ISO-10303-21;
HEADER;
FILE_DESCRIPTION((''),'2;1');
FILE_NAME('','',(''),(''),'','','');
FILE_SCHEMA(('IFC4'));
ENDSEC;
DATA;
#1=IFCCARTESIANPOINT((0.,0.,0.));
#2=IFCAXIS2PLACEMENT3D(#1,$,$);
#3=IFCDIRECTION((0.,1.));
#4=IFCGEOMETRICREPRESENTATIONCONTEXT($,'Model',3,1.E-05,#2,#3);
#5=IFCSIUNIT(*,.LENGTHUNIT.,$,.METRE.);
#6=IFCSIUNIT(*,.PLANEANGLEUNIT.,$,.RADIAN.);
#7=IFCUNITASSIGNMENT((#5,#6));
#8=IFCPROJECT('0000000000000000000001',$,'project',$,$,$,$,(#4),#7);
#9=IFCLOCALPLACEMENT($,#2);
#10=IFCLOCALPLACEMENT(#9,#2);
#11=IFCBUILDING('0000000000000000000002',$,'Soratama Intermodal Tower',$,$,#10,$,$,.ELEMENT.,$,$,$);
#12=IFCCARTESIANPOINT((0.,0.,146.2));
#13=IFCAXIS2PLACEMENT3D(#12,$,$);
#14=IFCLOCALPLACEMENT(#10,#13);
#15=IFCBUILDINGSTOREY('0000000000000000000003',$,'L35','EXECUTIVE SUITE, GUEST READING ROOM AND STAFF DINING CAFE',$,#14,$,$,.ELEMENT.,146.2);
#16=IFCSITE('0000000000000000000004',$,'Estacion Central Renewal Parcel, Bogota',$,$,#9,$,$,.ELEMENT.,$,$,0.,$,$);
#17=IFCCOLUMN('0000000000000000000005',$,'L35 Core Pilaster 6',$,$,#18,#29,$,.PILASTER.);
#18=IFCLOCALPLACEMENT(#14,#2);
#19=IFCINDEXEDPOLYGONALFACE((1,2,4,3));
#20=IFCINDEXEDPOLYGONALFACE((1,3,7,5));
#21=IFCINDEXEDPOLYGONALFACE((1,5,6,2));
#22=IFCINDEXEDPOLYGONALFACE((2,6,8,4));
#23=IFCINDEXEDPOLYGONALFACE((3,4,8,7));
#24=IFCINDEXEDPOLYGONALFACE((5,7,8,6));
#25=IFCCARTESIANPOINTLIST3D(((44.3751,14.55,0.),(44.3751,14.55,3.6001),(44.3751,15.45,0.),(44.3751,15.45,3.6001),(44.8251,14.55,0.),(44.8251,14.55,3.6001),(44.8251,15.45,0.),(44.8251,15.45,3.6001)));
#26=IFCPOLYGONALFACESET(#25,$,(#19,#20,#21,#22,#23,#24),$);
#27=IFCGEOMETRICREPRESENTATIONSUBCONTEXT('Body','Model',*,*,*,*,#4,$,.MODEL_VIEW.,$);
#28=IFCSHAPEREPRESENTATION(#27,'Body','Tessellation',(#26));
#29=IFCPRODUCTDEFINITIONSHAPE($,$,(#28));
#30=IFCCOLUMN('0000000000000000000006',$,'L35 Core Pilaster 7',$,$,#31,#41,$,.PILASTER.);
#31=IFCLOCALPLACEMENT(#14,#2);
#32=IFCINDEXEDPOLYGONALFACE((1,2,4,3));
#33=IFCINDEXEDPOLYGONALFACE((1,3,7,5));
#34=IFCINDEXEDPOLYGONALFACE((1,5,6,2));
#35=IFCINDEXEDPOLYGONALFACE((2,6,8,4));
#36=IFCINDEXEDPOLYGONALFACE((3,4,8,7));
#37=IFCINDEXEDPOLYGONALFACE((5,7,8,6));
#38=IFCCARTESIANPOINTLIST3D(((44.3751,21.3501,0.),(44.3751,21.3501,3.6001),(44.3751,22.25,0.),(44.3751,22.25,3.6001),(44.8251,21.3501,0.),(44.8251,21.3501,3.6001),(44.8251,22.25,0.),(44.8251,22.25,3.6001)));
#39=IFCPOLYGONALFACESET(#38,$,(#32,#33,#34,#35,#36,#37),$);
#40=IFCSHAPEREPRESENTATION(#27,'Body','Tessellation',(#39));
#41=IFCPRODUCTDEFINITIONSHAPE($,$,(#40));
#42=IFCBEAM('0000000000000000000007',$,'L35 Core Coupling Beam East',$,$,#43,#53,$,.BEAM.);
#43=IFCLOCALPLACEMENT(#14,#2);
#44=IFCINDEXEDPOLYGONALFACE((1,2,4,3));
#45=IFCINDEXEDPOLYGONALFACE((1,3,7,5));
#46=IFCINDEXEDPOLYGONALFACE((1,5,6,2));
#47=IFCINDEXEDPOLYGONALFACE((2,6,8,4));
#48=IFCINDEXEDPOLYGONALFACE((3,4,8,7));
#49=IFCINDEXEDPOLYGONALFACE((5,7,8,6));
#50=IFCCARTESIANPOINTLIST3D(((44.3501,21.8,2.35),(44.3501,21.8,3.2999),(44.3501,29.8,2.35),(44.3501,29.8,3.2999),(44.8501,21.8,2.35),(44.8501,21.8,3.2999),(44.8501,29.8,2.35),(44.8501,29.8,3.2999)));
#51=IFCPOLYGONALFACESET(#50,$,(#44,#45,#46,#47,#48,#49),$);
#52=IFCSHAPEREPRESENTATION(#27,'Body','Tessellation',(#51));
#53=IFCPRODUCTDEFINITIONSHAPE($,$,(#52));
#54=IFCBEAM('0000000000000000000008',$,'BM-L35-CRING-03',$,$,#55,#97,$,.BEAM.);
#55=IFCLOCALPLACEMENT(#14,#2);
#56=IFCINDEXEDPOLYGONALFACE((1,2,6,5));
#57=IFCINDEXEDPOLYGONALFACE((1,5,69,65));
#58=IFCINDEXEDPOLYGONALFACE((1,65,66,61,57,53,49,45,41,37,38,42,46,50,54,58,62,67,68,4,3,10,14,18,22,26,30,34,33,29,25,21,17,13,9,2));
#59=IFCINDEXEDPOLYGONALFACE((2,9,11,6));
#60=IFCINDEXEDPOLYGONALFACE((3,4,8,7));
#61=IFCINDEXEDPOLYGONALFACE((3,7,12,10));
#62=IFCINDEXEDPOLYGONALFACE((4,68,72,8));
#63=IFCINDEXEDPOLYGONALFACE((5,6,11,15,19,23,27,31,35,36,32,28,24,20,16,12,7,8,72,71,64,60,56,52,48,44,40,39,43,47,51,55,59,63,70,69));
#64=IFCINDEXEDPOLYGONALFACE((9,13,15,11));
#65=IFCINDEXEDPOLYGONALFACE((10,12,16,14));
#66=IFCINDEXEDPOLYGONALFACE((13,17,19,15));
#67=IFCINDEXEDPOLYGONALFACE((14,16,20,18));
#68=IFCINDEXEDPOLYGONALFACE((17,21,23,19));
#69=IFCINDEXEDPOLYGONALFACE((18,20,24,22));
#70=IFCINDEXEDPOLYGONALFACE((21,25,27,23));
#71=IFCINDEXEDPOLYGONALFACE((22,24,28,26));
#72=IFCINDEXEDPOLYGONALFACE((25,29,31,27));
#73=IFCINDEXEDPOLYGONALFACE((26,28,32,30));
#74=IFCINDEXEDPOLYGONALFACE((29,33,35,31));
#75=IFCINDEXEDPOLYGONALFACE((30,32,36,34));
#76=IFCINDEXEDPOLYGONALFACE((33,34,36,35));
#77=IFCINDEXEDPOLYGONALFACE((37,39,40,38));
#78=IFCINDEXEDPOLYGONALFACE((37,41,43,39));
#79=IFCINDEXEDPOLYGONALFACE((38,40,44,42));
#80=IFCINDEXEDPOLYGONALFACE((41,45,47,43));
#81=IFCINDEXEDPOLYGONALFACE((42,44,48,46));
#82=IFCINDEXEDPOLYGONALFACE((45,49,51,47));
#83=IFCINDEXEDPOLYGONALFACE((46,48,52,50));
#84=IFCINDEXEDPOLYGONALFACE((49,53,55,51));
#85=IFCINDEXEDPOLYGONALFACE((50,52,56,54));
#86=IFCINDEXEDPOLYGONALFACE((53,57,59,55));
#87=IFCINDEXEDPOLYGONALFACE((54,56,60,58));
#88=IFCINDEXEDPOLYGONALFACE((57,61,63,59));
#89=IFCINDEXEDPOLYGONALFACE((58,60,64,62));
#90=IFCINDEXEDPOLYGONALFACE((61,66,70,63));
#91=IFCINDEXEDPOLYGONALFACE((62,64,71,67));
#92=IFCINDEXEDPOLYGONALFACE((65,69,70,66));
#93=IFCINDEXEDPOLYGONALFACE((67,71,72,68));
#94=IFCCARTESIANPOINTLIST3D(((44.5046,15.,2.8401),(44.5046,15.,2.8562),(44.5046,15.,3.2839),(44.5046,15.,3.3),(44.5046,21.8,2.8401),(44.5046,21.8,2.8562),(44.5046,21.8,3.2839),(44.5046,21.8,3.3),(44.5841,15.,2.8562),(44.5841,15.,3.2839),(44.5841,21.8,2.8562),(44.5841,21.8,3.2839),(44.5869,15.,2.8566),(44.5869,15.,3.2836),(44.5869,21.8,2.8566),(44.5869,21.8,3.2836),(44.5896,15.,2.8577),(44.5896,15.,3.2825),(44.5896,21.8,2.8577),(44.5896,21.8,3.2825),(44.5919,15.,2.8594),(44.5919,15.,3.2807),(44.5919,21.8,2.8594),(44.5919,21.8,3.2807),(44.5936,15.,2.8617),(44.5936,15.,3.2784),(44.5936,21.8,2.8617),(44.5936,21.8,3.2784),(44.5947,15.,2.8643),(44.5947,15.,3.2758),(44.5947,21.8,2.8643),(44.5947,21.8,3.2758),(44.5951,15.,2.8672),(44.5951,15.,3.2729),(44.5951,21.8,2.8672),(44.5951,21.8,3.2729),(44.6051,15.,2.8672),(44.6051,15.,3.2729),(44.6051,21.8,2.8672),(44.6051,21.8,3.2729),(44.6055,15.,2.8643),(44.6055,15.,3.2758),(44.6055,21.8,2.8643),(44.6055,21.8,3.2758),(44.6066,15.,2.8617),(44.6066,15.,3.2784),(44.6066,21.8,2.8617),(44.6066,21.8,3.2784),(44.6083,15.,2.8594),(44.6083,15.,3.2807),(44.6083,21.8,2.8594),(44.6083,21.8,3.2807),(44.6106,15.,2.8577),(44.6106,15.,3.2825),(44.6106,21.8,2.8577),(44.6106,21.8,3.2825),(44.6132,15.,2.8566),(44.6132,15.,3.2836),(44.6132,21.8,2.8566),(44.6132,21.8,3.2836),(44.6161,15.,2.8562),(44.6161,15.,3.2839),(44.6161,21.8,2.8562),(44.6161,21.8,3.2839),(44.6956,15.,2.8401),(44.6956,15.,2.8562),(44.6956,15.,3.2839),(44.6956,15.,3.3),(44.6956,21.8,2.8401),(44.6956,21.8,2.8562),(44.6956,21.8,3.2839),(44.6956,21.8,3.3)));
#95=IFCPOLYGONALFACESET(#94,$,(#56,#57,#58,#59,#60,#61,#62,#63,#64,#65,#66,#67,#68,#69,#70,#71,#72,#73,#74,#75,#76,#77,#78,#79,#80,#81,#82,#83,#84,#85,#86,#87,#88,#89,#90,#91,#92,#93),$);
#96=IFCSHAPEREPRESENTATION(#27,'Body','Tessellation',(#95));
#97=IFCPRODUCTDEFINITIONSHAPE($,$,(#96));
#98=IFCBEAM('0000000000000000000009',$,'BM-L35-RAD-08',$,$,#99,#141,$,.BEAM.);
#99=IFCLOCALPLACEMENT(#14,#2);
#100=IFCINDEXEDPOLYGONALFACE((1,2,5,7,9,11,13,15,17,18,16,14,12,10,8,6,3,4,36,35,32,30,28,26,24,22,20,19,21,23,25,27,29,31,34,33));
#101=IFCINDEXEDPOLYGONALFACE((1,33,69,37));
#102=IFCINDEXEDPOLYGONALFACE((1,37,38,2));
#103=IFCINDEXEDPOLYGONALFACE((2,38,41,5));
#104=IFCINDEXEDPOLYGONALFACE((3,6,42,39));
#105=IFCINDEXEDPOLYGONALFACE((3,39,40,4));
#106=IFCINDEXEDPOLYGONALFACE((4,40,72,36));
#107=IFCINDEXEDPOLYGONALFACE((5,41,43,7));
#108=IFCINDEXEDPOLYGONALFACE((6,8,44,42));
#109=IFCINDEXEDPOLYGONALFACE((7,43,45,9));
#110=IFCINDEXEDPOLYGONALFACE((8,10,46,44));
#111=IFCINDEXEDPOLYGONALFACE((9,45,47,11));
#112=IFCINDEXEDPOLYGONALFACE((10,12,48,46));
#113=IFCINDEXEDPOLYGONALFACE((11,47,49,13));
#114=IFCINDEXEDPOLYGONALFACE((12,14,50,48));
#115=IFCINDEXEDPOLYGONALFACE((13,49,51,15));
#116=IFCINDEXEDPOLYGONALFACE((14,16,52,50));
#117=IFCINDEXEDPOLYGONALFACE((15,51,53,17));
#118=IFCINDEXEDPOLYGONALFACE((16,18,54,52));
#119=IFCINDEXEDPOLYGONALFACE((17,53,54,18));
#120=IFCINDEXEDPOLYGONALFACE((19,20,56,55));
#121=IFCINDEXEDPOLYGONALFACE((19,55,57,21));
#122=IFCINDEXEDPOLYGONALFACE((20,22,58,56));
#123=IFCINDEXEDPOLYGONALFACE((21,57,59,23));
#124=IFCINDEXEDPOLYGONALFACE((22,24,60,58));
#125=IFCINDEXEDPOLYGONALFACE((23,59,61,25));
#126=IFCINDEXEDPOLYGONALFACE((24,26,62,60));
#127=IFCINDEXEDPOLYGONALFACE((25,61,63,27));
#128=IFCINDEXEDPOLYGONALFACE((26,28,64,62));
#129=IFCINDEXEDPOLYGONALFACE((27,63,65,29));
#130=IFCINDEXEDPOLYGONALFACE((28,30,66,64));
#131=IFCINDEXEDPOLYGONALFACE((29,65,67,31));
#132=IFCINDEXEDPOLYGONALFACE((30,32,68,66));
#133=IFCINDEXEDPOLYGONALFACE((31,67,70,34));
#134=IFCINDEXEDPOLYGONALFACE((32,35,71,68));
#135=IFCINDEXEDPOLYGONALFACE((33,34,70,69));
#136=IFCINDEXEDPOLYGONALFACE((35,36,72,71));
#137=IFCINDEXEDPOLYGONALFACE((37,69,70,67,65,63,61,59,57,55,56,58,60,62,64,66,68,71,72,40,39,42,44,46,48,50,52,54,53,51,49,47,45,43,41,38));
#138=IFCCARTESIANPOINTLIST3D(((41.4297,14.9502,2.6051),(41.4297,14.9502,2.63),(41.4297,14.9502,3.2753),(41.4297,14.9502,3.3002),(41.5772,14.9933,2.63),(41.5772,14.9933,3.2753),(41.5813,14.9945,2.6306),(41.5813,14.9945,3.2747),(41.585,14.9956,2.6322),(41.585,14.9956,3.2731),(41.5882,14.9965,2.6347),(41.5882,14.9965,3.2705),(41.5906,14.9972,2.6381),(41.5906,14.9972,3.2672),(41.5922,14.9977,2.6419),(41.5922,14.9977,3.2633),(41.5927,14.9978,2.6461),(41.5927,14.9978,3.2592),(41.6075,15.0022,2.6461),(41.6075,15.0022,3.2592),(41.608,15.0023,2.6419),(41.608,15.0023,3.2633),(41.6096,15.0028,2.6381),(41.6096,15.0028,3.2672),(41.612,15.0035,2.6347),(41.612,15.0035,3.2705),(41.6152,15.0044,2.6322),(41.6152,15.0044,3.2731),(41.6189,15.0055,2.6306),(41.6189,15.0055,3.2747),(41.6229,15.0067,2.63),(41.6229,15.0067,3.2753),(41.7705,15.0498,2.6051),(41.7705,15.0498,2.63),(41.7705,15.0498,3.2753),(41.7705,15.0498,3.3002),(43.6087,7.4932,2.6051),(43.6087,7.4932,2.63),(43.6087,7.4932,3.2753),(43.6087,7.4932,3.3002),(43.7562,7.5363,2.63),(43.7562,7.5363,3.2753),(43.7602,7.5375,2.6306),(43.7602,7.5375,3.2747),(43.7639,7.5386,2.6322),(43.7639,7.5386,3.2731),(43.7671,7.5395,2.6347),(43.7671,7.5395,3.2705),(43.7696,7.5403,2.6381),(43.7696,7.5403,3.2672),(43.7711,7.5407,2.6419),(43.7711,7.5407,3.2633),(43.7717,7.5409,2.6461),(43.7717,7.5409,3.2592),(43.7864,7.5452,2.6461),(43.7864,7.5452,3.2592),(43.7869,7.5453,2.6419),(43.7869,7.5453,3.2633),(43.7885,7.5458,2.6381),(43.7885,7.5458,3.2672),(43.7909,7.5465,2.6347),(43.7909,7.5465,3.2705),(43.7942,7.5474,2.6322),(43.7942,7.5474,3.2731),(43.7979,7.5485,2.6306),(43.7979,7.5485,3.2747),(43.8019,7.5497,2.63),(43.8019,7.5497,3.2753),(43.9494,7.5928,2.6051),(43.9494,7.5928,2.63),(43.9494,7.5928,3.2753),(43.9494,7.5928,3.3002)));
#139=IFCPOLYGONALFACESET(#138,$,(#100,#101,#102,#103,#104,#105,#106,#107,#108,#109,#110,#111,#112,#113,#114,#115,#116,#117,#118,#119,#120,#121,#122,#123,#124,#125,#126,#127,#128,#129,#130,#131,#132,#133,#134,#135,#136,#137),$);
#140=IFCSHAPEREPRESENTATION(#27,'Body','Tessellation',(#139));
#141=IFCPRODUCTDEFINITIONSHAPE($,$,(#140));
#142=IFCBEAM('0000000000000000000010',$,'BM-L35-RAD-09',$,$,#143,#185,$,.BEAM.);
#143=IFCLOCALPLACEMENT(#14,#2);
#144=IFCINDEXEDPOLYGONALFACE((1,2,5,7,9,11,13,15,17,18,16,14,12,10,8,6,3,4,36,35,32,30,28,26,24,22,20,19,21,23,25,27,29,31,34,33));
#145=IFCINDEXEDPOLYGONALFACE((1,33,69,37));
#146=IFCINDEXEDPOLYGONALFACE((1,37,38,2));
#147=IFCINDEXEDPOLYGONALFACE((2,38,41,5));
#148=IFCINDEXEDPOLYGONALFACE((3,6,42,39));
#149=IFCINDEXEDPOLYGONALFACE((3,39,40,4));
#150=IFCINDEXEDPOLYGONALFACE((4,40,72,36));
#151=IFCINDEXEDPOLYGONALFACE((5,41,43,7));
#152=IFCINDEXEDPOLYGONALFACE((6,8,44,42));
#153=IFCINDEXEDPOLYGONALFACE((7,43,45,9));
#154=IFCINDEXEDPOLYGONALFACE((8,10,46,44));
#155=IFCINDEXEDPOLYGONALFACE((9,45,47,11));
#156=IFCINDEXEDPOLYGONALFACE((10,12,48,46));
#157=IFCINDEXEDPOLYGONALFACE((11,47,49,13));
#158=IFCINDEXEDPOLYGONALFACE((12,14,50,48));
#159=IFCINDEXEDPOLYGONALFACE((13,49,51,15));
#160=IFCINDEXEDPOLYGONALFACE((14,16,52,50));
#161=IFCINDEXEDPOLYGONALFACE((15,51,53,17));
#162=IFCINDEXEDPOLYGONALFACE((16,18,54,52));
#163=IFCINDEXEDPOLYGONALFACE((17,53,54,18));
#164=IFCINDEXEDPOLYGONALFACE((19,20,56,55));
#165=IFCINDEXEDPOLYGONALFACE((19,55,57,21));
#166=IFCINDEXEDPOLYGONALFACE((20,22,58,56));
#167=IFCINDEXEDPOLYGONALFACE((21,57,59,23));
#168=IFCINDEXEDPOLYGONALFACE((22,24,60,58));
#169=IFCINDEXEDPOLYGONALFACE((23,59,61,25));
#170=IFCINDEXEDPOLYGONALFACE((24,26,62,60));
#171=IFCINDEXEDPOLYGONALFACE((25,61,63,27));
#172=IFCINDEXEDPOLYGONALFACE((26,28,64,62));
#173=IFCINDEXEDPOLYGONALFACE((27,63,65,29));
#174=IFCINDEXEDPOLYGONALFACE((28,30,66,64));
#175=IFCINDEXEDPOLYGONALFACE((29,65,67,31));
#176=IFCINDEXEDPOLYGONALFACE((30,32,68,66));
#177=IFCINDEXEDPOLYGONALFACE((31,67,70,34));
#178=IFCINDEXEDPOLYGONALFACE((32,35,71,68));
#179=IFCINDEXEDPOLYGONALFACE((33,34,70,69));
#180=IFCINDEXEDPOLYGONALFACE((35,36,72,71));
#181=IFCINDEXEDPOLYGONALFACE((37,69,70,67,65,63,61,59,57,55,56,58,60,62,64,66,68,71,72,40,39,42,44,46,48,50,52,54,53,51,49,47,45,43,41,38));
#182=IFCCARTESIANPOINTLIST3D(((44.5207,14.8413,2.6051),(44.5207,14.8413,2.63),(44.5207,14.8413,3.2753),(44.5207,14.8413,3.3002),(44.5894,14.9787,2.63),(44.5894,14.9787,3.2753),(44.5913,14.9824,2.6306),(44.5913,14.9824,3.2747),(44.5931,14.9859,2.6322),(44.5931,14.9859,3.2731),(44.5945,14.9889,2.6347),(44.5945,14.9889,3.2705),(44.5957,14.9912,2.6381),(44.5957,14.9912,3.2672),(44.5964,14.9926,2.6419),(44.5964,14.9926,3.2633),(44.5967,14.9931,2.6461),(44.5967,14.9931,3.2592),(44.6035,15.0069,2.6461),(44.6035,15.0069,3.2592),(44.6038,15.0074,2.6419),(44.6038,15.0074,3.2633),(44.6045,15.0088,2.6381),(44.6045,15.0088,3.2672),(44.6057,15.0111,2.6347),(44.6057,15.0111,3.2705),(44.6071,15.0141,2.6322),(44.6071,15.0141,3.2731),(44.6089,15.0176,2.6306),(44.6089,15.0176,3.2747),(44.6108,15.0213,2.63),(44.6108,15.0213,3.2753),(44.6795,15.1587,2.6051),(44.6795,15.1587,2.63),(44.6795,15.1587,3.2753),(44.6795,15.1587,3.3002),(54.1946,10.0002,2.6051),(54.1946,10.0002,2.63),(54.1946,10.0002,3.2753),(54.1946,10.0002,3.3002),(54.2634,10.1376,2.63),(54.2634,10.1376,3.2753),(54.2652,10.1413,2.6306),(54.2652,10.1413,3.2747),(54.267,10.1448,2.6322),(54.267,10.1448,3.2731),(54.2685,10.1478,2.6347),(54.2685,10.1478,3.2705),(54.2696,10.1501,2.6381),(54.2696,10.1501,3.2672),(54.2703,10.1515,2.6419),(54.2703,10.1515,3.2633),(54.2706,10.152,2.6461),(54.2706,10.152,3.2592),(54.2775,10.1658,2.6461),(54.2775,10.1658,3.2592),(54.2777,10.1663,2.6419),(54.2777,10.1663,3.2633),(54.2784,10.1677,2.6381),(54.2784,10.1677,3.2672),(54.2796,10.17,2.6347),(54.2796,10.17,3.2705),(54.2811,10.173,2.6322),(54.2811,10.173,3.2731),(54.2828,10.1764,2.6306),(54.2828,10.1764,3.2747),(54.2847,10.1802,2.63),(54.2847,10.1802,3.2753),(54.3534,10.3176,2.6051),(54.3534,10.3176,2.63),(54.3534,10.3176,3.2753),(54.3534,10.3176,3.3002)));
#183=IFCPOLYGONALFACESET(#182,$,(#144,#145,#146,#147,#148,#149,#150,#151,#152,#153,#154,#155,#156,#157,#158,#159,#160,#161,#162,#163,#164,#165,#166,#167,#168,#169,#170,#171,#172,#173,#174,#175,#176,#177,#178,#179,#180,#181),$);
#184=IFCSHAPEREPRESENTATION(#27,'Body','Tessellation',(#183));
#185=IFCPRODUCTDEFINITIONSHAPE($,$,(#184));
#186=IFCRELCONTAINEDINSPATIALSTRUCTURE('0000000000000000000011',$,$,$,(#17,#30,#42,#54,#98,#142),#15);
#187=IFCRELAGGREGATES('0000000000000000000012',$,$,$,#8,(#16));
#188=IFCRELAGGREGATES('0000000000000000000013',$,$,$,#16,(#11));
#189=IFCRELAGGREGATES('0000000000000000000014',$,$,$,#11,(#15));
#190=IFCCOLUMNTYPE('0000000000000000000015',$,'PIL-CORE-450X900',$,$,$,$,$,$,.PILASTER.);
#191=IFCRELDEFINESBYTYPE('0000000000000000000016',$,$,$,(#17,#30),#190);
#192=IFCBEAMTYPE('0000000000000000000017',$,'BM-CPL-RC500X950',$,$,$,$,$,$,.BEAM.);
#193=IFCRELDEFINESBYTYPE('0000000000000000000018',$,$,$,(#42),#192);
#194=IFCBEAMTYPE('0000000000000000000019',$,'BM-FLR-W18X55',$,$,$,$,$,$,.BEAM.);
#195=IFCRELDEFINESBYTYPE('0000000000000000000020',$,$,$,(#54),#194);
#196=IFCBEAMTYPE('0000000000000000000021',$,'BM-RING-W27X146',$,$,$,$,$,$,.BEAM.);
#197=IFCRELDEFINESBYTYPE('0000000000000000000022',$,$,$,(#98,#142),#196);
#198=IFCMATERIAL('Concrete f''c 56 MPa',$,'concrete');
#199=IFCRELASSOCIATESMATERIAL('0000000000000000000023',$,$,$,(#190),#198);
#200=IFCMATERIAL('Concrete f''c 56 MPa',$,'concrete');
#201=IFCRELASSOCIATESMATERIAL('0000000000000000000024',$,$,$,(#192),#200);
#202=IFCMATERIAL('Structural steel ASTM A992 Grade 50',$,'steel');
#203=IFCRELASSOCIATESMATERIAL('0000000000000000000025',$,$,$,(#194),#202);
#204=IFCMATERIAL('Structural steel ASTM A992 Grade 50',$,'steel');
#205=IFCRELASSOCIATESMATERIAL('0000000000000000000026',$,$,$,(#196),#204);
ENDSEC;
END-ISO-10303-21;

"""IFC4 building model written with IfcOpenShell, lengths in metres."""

from ifc_helpers import new_model, si_unit, direction, frame, origin, origin_2d, place, context, subcontext, project, spatial, rectangle, i_section, extrude, material, material_profile, profile_set, type_object, element, save


model = new_model("IFC4")

# Units and contexts
model_context = context("Model", 3, precision=1e-05, world=origin(), true_north=direction((0.0, 1.0)))
body_context = subcontext(model_context, "Body", "Model", "MODEL_VIEW")
ifc_project = project(units=[si_unit("LENGTHUNIT", "METRE"), si_unit("PLANEANGLEUNIT", "RADIAN")], contexts=[model_context])

# Site, building, storey
site_placement = place(None, origin())
site = spatial("IfcSite", under=ifc_project, at=site_placement, Name="Estacion Central Renewal Parcel, Bogota", CompositionType="ELEMENT", RefElevation=0.0)
building_placement = place(site_placement, origin())
building = spatial("IfcBuilding", under=site, at=building_placement, Name="Soratama Intermodal Tower", CompositionType="ELEMENT")
storey_placement = place(building_placement, frame((0.0, 0.0, 146.2)))
storey = spatial("IfcBuildingStorey", under=building, at=storey_placement, Name="L35", Description="EXECUTIVE SUITE, GUEST READING ROOM AND STAFF DINING CAFE", CompositionType="ELEMENT", Elevation=146.2)

# Columns
ifc_material_1 = material(Name="Concrete f'c 56 MPa", Category="concrete")
ifc_material_profile_1 = material_profile(ifc_material_1, rectangle(XDim=0.45, YDim=0.8999, at=origin_2d()), Name="RC450X900")
ifc_profile_set_1 = profile_set([ifc_material_profile_1], Name="Concrete f'c 56 MPa")
column_type = type_object("IfcColumnType", Name="PIL-CORE-450X900", PredefinedType="PILASTER", material=ifc_profile_set_1)
for number, where, z_axis, x_axis, name in (
    (1, (44.6001, 15.0, 0.0), (0.0, 0.0, 1.0), (1.0, 0.0, 0.0), "L35 Core Pilaster 6"),
    (2, (44.6001, 21.8, 0.0), (0.0, 0.0, 1.0), (1.0, 0.0, 0.0), "L35 Core Pilaster 7"),
):
    element("IfcColumn", number, at=place(storey_placement, frame(where, z_axis=z_axis, x_axis=x_axis)), inside=storey, type_object=column_type, Name=name, PredefinedType="PILASTER", context=body_context, shape_type="SweptSolid", body=[
        extrude(rectangle(XDim=0.45, YDim=0.8999, at=origin_2d()), origin(), (0.0, 0.0, 1.0), 3.6001),
    ])

# Beams
ifc_material_2 = material(Name="Concrete f'c 56 MPa", Category="concrete")
ifc_material_profile_2 = material_profile(ifc_material_2, rectangle(XDim=0.5, YDim=0.95, at=origin_2d()), Name="RC500X950")
ifc_profile_set_2 = profile_set([ifc_material_profile_2], Name="Concrete f'c 56 MPa")
beam_type_1 = type_object("IfcBeamType", Name="BM-CPL-RC500X950", PredefinedType="BEAM", material=ifc_profile_set_2)
beam_1_placement = place(storey_placement, frame((44.6001, 21.8, 2.825), z_axis=(0.0, 1.0, 0.0), x_axis=(-1.0, 0.0, 0.0)))
element("IfcBeam", 3, at=beam_1_placement, inside=storey, type_object=beam_type_1, Name="L35 Core Coupling Beam East", PredefinedType="BEAM", context=body_context, shape_type="SweptSolid", body=[
    extrude(rectangle(XDim=0.5, YDim=0.95, at=origin_2d()), origin(), (0.0, 0.0, 1.0), 8.0),
])
ifc_material_3 = material(Name="Structural steel ASTM A992 Grade 50", Category="steel")
ifc_material_profile_3 = material_profile(ifc_material_3, i_section(OverallWidth=0.1909, OverallDepth=0.46, WebThickness=0.01, FlangeThickness=0.0161, FilletRadius=0.011, at=origin_2d()), Name="W18X55")
ifc_profile_set_3 = profile_set([ifc_material_profile_3], Name="Structural steel ASTM A992 Grade 50")
beam_type_2 = type_object("IfcBeamType", Name="BM-FLR-W18X55", PredefinedType="BEAM", material=ifc_profile_set_3)
beam_2_placement = place(storey_placement, frame((44.6001, 15.0, 3.0701), z_axis=(0.0, 1.0, 0.0), x_axis=(-1.0, 0.0, 0.0)))
element("IfcBeam", 4, at=beam_2_placement, inside=storey, type_object=beam_type_2, Name="BM-L35-CRING-03", PredefinedType="BEAM", context=body_context, shape_type="SweptSolid", body=[
    extrude(i_section(OverallWidth=0.1909, OverallDepth=0.46, WebThickness=0.01, FlangeThickness=0.0161, FilletRadius=0.011, at=origin_2d()), origin(), (0.0, 0.0, 1.0), 6.8),
])
ifc_material_4 = material(Name="Structural steel ASTM A992 Grade 50", Category="steel")
ifc_material_profile_4 = material_profile(ifc_material_4, i_section(OverallWidth=0.355, OverallDepth=0.6951, WebThickness=0.0154, FlangeThickness=0.0249, FilletRadius=0.0161, at=origin_2d()), Name="W27X146")
ifc_profile_set_4 = profile_set([ifc_material_profile_4], Name="Structural steel ASTM A992 Grade 50")
beam_type_3 = type_object("IfcBeamType", Name="BM-RING-W27X146", PredefinedType="BEAM", material=ifc_profile_set_4)
beam_3_placement = place(storey_placement, frame((41.6001, 15.0, 2.9526), z_axis=(0.280473, -0.959862, 0.0), x_axis=(0.959862, 0.280473, 0.0)))
element("IfcBeam", 5, at=beam_3_placement, inside=storey, type_object=beam_type_3, Name="BM-L35-RAD-08", PredefinedType="BEAM", context=body_context, shape_type="SweptSolid", body=[
    extrude(i_section(OverallWidth=0.355, OverallDepth=0.6951, WebThickness=0.0154, FlangeThickness=0.0249, FilletRadius=0.0161, at=origin_2d()), origin(), (0.0, 0.0, 1.0), 7.7688),
])
beam_4_placement = place(storey_placement, frame((44.6001, 15.0, 2.9526), z_axis=(0.894274, -0.447521, 0.0), x_axis=(0.447521, 0.894274, 0.0)))
element("IfcBeam", 6, at=beam_4_placement, inside=storey, type_object=beam_type_3, Name="BM-L35-RAD-09", PredefinedType="BEAM", context=body_context, shape_type="SweptSolid", body=[
    extrude(i_section(OverallWidth=0.355, OverallDepth=0.6951, WebThickness=0.0154, FlangeThickness=0.0249, FilletRadius=0.0161, at=origin_2d()), origin(), (0.0, 0.0, 1.0), 10.8176),
])

save(model, "model.ifc")
